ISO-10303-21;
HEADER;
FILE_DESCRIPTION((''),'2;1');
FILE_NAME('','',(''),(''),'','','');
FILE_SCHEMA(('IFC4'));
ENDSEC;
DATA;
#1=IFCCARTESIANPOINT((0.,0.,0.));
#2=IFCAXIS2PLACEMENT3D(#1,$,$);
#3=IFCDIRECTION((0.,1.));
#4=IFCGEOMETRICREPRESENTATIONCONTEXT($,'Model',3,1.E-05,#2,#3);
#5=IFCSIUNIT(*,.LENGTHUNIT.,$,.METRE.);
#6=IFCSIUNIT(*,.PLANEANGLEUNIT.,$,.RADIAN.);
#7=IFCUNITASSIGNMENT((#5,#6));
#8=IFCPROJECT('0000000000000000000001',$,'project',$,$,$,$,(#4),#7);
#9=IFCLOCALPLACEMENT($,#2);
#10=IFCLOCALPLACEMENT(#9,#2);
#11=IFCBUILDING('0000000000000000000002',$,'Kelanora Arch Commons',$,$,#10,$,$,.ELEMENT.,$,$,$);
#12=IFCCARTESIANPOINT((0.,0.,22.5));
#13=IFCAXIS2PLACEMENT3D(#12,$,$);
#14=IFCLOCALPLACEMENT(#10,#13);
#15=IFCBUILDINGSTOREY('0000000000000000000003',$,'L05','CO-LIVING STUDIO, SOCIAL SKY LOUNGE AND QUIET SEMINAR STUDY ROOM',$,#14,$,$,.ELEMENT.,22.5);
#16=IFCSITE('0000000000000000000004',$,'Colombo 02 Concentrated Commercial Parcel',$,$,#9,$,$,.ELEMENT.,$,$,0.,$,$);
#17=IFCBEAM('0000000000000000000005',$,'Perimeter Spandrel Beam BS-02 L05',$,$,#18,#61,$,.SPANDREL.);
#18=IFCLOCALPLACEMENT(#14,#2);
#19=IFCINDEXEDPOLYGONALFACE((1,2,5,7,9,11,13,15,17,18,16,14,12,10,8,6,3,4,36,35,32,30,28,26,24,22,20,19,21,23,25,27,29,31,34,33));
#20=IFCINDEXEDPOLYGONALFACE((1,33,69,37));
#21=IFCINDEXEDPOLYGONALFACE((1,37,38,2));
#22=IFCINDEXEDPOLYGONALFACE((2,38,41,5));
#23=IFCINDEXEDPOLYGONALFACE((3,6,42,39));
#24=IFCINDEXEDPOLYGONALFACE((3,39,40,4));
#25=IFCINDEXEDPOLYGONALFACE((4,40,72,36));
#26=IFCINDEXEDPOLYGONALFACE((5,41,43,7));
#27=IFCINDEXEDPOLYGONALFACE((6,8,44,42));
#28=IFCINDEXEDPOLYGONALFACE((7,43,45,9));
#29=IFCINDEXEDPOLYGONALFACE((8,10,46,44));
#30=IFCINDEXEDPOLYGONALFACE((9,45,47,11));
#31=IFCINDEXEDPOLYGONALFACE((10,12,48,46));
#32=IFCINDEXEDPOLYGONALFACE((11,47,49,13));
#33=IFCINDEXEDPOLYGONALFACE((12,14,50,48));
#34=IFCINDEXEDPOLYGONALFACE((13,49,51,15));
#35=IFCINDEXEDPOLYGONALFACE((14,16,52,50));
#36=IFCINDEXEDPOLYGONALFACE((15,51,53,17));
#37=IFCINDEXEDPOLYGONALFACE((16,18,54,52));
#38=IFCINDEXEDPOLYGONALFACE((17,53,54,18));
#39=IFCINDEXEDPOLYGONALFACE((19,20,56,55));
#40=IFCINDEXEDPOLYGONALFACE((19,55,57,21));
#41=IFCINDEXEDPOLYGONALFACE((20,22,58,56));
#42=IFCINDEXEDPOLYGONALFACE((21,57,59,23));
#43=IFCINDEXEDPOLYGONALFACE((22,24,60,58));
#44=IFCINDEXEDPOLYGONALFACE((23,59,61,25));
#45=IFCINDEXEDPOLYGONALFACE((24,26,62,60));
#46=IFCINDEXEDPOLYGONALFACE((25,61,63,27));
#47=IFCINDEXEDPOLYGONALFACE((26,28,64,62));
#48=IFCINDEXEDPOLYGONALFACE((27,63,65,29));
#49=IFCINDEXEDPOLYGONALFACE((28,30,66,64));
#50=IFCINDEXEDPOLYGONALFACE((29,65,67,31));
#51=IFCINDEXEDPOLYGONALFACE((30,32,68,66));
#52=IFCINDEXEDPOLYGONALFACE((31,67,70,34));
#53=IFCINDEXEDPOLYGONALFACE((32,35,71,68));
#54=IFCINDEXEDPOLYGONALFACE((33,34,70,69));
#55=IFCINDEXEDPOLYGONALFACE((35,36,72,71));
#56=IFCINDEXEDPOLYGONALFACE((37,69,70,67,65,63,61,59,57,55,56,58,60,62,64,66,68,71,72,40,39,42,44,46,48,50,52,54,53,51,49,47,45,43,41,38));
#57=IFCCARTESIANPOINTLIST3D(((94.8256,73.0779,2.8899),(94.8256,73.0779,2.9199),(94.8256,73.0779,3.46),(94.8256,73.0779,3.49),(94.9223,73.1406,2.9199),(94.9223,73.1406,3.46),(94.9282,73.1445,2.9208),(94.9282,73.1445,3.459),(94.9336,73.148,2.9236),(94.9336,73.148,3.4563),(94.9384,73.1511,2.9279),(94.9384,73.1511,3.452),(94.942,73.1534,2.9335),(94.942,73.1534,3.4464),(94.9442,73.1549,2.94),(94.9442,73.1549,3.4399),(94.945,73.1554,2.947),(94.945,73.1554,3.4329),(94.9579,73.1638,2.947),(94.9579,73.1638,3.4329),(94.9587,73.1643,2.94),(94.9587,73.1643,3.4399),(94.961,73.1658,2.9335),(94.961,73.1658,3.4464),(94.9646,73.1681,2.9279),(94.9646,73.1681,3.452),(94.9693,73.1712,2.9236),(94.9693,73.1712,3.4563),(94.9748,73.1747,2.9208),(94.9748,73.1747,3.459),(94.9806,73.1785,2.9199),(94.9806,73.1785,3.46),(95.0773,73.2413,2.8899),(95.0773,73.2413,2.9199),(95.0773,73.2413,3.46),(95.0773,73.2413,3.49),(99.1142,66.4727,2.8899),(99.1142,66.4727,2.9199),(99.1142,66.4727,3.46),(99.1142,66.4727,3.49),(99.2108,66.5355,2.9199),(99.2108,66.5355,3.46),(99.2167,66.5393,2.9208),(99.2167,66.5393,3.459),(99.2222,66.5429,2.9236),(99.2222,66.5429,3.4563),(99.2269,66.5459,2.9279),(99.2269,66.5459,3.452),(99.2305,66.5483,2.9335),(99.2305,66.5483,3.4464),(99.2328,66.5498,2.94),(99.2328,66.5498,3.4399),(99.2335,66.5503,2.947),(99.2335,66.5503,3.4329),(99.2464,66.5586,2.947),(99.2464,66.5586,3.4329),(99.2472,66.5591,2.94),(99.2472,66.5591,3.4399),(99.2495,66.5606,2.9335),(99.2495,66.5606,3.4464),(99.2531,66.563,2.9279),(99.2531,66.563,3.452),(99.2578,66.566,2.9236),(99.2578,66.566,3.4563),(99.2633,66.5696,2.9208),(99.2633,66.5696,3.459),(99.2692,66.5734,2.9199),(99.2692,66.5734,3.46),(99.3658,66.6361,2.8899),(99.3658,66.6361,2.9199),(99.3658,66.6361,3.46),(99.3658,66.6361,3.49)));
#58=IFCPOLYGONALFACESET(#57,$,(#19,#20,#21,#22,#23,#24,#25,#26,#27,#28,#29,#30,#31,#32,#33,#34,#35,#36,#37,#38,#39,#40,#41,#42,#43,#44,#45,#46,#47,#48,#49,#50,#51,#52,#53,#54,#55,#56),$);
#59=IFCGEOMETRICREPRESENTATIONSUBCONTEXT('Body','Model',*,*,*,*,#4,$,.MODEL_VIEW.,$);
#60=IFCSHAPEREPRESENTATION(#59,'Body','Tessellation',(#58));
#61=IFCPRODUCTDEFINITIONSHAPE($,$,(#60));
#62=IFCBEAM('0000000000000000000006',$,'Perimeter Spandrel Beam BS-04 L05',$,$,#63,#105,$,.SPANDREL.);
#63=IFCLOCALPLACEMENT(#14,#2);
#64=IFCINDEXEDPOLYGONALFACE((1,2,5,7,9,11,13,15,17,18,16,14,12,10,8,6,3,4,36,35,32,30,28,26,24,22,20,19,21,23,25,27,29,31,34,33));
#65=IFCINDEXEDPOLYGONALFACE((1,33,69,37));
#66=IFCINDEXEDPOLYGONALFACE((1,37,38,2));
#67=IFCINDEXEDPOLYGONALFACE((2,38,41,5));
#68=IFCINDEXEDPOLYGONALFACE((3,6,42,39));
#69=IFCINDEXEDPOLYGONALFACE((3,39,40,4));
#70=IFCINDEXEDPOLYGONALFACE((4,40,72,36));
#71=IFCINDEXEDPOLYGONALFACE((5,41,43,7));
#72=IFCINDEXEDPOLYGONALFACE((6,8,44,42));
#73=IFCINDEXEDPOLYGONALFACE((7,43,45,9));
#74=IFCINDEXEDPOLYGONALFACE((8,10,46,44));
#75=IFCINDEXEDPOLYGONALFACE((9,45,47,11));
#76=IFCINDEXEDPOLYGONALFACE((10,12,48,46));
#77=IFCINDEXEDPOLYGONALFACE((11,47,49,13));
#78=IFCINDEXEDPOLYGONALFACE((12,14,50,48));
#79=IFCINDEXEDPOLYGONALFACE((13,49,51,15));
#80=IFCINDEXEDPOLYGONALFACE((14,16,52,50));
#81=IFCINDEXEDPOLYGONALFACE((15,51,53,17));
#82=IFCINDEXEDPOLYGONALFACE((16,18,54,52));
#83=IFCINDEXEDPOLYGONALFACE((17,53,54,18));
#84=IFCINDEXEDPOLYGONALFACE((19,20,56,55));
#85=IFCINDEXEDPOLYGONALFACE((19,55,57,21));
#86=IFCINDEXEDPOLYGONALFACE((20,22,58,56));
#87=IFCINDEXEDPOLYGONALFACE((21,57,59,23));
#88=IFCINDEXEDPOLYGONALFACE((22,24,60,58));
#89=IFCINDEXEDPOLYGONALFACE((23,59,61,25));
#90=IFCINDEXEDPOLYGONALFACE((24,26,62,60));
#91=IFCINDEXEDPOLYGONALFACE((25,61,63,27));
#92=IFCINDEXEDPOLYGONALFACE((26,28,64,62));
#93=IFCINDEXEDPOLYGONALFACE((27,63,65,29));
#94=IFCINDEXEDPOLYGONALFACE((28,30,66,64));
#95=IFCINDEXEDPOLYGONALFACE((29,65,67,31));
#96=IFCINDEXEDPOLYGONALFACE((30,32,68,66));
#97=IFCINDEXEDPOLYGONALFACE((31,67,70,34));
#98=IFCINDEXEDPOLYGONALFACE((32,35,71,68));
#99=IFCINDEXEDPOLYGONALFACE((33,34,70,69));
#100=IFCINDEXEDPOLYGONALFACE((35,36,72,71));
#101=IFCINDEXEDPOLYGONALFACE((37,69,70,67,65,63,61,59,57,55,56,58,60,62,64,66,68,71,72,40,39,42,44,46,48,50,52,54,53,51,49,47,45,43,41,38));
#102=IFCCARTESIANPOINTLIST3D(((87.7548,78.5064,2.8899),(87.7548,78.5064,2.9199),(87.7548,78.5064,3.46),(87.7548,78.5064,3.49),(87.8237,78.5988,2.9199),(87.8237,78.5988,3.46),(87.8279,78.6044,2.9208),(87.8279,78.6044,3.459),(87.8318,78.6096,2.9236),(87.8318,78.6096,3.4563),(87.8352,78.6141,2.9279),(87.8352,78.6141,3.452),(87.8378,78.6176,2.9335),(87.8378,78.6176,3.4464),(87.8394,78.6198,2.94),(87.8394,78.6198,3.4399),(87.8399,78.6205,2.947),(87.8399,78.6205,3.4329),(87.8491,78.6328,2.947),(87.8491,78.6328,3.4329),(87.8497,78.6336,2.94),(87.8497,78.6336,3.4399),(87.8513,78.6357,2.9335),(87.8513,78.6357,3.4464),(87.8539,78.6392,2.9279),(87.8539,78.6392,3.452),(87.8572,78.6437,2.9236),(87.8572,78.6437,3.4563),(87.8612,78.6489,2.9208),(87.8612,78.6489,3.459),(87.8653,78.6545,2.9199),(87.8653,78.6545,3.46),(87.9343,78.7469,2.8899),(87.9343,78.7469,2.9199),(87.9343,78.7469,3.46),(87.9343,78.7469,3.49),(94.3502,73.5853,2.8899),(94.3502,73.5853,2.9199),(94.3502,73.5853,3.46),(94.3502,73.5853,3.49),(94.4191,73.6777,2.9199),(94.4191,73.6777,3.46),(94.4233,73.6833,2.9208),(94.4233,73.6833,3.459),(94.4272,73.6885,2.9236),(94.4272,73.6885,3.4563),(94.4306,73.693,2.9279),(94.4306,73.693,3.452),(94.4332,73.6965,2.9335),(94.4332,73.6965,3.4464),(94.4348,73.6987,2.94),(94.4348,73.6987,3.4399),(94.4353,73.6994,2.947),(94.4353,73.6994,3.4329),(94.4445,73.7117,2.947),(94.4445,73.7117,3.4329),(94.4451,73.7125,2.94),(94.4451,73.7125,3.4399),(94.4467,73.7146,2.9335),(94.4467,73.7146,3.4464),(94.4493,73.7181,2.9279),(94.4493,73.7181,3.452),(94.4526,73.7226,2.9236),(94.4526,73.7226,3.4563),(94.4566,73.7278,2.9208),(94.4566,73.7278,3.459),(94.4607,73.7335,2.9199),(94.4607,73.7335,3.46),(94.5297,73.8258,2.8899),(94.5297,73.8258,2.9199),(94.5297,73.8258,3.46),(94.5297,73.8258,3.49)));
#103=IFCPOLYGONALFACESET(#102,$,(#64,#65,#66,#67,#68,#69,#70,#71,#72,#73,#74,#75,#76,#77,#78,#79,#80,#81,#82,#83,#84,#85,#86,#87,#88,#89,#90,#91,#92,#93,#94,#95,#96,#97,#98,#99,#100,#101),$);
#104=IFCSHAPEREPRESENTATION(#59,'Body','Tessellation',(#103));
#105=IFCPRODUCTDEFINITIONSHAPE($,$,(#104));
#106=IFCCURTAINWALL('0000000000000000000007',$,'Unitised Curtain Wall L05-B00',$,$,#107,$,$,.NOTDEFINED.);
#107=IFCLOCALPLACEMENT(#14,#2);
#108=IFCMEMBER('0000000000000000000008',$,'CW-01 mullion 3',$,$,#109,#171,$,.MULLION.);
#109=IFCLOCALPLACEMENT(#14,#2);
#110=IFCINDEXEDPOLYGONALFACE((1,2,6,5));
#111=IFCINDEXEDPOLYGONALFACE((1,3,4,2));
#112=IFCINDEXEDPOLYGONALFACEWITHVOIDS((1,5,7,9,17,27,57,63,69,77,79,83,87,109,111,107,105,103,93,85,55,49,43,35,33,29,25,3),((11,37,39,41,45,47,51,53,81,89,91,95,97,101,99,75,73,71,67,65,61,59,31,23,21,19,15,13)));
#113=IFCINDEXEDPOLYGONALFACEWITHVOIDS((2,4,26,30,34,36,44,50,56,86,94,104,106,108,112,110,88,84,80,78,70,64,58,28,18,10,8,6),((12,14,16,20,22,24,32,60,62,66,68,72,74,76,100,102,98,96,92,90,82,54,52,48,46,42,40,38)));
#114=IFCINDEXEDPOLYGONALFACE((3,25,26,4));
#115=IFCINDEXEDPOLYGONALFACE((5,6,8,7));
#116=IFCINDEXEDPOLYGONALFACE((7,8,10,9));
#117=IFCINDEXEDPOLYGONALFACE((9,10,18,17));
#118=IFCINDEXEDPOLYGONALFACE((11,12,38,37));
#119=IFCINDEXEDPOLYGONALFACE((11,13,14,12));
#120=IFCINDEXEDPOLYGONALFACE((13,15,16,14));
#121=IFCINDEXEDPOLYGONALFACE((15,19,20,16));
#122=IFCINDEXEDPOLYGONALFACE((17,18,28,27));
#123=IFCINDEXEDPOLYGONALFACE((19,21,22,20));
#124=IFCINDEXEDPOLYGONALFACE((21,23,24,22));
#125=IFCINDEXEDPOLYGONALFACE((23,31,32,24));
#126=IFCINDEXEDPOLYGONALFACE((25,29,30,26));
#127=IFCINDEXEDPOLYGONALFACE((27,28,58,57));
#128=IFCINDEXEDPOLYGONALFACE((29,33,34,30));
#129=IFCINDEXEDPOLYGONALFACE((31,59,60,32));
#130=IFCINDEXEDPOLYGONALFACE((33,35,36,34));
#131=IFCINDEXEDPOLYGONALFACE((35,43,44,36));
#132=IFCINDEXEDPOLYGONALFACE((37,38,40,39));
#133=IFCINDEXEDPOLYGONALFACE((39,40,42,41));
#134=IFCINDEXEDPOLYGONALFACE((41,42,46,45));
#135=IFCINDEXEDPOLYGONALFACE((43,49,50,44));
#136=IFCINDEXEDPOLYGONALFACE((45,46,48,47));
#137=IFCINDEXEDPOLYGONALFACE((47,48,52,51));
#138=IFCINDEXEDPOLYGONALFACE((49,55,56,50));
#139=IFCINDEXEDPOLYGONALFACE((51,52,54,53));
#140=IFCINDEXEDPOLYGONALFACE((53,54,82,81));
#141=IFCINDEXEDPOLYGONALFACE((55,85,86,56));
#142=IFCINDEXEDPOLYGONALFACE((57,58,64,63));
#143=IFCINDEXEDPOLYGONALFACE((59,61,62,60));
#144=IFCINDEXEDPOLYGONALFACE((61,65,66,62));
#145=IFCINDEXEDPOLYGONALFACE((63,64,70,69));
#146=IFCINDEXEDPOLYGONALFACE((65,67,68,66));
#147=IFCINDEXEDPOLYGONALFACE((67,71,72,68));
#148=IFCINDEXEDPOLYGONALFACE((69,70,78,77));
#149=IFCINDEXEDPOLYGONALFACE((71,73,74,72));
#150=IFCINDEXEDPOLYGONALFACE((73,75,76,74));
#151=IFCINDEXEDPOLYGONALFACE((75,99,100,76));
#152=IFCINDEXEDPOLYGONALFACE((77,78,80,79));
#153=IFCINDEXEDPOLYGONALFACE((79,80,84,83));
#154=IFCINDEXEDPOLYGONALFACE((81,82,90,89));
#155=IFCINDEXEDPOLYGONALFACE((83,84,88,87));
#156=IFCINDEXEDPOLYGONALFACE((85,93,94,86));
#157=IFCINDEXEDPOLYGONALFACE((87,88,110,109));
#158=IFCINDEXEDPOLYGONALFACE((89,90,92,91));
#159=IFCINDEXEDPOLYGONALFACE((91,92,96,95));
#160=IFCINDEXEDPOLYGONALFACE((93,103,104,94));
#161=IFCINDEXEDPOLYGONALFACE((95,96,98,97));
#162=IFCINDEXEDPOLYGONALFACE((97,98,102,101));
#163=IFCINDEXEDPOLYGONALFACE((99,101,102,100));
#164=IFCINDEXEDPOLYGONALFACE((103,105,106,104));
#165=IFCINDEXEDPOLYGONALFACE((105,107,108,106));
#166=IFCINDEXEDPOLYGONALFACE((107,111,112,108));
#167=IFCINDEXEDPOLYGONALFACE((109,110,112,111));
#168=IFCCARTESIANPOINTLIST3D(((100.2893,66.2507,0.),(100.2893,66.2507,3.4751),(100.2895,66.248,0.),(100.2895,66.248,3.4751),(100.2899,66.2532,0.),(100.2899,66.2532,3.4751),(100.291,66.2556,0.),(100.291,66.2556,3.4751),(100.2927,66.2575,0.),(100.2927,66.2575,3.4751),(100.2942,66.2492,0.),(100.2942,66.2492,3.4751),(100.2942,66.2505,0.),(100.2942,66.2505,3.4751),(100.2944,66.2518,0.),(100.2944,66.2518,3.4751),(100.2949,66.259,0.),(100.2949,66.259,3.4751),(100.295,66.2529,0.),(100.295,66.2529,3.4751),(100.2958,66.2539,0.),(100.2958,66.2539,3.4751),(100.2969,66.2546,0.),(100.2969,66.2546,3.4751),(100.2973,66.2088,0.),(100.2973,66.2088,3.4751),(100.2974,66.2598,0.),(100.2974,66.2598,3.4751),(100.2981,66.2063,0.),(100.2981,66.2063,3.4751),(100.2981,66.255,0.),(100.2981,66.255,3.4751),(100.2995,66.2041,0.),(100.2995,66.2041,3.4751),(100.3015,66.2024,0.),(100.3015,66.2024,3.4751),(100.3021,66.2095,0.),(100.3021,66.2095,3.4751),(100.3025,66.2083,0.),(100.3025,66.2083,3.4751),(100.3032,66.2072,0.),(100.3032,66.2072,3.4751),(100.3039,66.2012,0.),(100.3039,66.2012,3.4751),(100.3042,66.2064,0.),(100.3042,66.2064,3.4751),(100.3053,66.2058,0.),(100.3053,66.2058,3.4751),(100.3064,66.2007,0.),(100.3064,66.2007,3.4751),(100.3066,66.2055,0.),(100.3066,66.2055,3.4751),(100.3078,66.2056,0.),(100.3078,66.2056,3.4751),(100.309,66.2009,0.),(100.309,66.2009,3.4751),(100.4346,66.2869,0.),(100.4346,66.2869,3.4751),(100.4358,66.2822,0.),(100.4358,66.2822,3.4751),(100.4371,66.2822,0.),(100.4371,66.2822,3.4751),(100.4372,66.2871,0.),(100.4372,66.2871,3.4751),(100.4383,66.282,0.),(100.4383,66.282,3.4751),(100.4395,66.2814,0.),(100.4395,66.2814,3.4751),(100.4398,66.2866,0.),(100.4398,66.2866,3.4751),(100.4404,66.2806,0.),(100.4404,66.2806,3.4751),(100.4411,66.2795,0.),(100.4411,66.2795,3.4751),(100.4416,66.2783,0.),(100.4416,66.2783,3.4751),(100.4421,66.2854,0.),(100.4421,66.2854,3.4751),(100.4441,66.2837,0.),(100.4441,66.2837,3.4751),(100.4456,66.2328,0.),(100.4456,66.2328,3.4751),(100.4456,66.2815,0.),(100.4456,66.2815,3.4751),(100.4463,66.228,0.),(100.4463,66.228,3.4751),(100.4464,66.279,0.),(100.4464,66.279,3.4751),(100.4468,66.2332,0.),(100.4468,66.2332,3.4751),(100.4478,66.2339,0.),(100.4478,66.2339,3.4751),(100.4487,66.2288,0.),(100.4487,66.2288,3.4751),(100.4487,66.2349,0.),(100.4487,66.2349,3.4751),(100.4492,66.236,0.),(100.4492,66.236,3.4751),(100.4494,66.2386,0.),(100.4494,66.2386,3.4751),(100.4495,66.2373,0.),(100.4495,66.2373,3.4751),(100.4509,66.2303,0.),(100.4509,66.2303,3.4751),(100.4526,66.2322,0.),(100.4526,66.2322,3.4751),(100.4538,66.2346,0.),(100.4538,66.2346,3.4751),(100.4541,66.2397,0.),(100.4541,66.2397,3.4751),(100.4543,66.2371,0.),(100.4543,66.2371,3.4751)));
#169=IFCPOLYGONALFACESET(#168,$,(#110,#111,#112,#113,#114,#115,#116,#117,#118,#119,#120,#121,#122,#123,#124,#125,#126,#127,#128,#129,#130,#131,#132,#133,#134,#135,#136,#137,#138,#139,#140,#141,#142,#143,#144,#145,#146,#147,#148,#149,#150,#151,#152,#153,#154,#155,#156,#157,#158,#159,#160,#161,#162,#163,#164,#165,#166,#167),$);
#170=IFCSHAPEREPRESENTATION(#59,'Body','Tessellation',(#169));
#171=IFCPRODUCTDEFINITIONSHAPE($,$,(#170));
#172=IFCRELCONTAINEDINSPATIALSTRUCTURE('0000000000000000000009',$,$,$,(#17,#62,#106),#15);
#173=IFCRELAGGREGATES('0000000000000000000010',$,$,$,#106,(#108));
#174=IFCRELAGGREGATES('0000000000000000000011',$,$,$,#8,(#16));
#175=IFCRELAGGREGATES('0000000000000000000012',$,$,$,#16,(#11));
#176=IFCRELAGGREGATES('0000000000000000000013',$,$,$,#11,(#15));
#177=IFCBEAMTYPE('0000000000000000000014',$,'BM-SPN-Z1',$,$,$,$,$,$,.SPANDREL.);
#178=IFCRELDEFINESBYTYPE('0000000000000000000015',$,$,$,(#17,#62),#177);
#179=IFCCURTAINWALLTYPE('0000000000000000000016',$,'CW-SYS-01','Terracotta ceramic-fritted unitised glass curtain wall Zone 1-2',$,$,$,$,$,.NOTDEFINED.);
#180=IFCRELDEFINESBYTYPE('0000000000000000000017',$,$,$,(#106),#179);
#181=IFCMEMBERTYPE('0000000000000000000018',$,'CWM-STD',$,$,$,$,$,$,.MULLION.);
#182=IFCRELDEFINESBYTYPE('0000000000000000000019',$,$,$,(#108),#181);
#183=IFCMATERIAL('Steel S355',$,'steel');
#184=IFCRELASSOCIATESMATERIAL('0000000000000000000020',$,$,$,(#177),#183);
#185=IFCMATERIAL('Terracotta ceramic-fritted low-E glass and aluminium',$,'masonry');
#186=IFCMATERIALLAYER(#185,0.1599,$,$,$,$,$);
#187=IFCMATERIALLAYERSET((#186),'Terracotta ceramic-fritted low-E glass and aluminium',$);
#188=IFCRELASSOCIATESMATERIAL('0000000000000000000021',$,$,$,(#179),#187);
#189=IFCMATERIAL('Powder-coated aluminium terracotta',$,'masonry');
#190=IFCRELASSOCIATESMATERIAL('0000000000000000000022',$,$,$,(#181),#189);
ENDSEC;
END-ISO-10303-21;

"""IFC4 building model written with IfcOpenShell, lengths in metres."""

from ifc_helpers import new_model, si_unit, direction, frame, origin, origin_2d, place, context, subcontext, project, spatial, hollow_rectangle, i_section, extrude, material, layer, layer_set, material_profile, profile_set, type_object, element, aggregate, save


model = new_model("IFC4")

# Units and contexts
model_context = context("Model", 3, precision=1e-05, world=origin(), true_north=direction((0.0, 1.0)))
body_context = subcontext(model_context, "Body", "Model", "MODEL_VIEW")
ifc_project = project(units=[si_unit("LENGTHUNIT", "METRE"), si_unit("PLANEANGLEUNIT", "RADIAN")], contexts=[model_context])

# Site, building, storey
site_placement = place(None, origin())
site = spatial("IfcSite", under=ifc_project, at=site_placement, Name="Colombo 02 Concentrated Commercial Parcel", CompositionType="ELEMENT", RefElevation=0.0)
building_placement = place(site_placement, origin())
building = spatial("IfcBuilding", under=site, at=building_placement, Name="Kelanora Arch Commons", CompositionType="ELEMENT")
storey_placement = place(building_placement, frame((0.0, 0.0, 22.5)))
storey = spatial("IfcBuildingStorey", under=building, at=storey_placement, Name="L05", Description="CO-LIVING STUDIO, SOCIAL SKY LOUNGE AND QUIET SEMINAR STUDY ROOM", CompositionType="ELEMENT", Elevation=22.5)

# Beams
ifc_material_1 = material(Name="Steel S355", Category="steel")
ifc_material_profile_1 = material_profile(ifc_material_1, i_section(OverallWidth=0.3, OverallDepth=0.6001, WebThickness=0.0154, FlangeThickness=0.03, FilletRadius=0.0271, at=origin_2d()), Name="HEB600")
ifc_profile_set_1 = profile_set([ifc_material_profile_1], Name="Steel S355")
beam_type_1 = type_object("IfcBeamType", Name="BM-SPN-Z1", PredefinedType="SPANDREL", material=ifc_profile_set_1)
beam_1_placement = place(storey_placement, frame((99.24, 66.5544, 3.1899), z_axis=(-0.544558, 0.838723, 0.0), x_axis=(-0.838723, -0.544558, 0.0)))
element("IfcBeam", 1, at=beam_1_placement, inside=storey, type_object=beam_type_1, Name="Perimeter Spandrel Beam BS-02 L05", PredefinedType="SPANDREL", context=body_context, shape_type="SweptSolid", body=[
    extrude(i_section(OverallWidth=0.3, OverallDepth=0.6001, WebThickness=0.0154, FlangeThickness=0.03, FilletRadius=0.0271, at=origin_2d()), origin(), (0.0, 0.0, 1.0), 7.8752),
])
beam_2_placement = place(storey_placement, frame((94.4399, 73.7056, 3.1899), z_axis=(-0.801482, 0.598019, 0.0), x_axis=(-0.598019, -0.801482, 0.0)))
element("IfcBeam", 2, at=beam_2_placement, inside=storey, type_object=beam_type_1, Name="Perimeter Spandrel Beam BS-04 L05", PredefinedType="SPANDREL", context=body_context, shape_type="SweptSolid", body=[
    extrude(i_section(OverallWidth=0.3, OverallDepth=0.6001, WebThickness=0.0154, FlangeThickness=0.03, FilletRadius=0.0271, at=origin_2d()), origin(), (0.0, 0.0, 1.0), 8.229),
])

# Curtain wall, member
ifc_material_2 = material(Name="Terracotta ceramic-fritted low-E glass and aluminium", Category="masonry")
ifc_layer_1 = layer(ifc_material_2, 0.1599)
ifc_layer_set_1 = layer_set([ifc_layer_1], Name="Terracotta ceramic-fritted low-E glass and aluminium")
curtain_wall_type = type_object("IfcCurtainWallType", Name="CW-SYS-01", Description="Terracotta ceramic-fritted unitised glass curtain wall Zone 1-2", PredefinedType="NOTDEFINED", material=ifc_layer_set_1)
curtain_wall_1_placement = place(storey_placement, origin())
curtain_wall_1 = element("IfcCurtainWall", 3, at=curtain_wall_1_placement, inside=storey, type_object=curtain_wall_type, Name="Unitised Curtain Wall L05-B00", PredefinedType="NOTDEFINED")
ifc_material_3 = material(Name="Powder-coated aluminium terracotta", Category="masonry")
ifc_material_profile_2 = material_profile(ifc_material_3, hollow_rectangle(XDim=0.1599, YDim=0.0601, WallThickness=0.0049, InnerFilletRadius=0.0049, OuterFilletRadius=0.01, at=origin_2d()), Name="CWM160x60")
ifc_profile_set_2 = profile_set([ifc_material_profile_2], Name="Powder-coated aluminium terracotta")
member_type_1 = type_object("IfcMemberType", Name="CWM-STD", PredefinedType="MULLION", material=ifc_profile_set_2)
member_1_placement = place(storey_placement, frame((100.3718, 66.2439, 0.0), z_axis=(0.0, 0.0, 1.0), x_axis=(-0.981052, -0.193744, 0.0)))
member_1 = element("IfcMember", 4, at=member_1_placement, type_object=member_type_1, Name="CW-01 mullion 3", PredefinedType="MULLION", context=body_context, shape_type="SweptSolid", body=[
    extrude(hollow_rectangle(XDim=0.1599, YDim=0.0601, WallThickness=0.0049, InnerFilletRadius=0.0049, OuterFilletRadius=0.01, at=origin_2d()), origin(), (0.0, 0.0, 1.0), 3.4751),
])

aggregate(curtain_wall_1, [member_1])

save(model, "model.ifc")
